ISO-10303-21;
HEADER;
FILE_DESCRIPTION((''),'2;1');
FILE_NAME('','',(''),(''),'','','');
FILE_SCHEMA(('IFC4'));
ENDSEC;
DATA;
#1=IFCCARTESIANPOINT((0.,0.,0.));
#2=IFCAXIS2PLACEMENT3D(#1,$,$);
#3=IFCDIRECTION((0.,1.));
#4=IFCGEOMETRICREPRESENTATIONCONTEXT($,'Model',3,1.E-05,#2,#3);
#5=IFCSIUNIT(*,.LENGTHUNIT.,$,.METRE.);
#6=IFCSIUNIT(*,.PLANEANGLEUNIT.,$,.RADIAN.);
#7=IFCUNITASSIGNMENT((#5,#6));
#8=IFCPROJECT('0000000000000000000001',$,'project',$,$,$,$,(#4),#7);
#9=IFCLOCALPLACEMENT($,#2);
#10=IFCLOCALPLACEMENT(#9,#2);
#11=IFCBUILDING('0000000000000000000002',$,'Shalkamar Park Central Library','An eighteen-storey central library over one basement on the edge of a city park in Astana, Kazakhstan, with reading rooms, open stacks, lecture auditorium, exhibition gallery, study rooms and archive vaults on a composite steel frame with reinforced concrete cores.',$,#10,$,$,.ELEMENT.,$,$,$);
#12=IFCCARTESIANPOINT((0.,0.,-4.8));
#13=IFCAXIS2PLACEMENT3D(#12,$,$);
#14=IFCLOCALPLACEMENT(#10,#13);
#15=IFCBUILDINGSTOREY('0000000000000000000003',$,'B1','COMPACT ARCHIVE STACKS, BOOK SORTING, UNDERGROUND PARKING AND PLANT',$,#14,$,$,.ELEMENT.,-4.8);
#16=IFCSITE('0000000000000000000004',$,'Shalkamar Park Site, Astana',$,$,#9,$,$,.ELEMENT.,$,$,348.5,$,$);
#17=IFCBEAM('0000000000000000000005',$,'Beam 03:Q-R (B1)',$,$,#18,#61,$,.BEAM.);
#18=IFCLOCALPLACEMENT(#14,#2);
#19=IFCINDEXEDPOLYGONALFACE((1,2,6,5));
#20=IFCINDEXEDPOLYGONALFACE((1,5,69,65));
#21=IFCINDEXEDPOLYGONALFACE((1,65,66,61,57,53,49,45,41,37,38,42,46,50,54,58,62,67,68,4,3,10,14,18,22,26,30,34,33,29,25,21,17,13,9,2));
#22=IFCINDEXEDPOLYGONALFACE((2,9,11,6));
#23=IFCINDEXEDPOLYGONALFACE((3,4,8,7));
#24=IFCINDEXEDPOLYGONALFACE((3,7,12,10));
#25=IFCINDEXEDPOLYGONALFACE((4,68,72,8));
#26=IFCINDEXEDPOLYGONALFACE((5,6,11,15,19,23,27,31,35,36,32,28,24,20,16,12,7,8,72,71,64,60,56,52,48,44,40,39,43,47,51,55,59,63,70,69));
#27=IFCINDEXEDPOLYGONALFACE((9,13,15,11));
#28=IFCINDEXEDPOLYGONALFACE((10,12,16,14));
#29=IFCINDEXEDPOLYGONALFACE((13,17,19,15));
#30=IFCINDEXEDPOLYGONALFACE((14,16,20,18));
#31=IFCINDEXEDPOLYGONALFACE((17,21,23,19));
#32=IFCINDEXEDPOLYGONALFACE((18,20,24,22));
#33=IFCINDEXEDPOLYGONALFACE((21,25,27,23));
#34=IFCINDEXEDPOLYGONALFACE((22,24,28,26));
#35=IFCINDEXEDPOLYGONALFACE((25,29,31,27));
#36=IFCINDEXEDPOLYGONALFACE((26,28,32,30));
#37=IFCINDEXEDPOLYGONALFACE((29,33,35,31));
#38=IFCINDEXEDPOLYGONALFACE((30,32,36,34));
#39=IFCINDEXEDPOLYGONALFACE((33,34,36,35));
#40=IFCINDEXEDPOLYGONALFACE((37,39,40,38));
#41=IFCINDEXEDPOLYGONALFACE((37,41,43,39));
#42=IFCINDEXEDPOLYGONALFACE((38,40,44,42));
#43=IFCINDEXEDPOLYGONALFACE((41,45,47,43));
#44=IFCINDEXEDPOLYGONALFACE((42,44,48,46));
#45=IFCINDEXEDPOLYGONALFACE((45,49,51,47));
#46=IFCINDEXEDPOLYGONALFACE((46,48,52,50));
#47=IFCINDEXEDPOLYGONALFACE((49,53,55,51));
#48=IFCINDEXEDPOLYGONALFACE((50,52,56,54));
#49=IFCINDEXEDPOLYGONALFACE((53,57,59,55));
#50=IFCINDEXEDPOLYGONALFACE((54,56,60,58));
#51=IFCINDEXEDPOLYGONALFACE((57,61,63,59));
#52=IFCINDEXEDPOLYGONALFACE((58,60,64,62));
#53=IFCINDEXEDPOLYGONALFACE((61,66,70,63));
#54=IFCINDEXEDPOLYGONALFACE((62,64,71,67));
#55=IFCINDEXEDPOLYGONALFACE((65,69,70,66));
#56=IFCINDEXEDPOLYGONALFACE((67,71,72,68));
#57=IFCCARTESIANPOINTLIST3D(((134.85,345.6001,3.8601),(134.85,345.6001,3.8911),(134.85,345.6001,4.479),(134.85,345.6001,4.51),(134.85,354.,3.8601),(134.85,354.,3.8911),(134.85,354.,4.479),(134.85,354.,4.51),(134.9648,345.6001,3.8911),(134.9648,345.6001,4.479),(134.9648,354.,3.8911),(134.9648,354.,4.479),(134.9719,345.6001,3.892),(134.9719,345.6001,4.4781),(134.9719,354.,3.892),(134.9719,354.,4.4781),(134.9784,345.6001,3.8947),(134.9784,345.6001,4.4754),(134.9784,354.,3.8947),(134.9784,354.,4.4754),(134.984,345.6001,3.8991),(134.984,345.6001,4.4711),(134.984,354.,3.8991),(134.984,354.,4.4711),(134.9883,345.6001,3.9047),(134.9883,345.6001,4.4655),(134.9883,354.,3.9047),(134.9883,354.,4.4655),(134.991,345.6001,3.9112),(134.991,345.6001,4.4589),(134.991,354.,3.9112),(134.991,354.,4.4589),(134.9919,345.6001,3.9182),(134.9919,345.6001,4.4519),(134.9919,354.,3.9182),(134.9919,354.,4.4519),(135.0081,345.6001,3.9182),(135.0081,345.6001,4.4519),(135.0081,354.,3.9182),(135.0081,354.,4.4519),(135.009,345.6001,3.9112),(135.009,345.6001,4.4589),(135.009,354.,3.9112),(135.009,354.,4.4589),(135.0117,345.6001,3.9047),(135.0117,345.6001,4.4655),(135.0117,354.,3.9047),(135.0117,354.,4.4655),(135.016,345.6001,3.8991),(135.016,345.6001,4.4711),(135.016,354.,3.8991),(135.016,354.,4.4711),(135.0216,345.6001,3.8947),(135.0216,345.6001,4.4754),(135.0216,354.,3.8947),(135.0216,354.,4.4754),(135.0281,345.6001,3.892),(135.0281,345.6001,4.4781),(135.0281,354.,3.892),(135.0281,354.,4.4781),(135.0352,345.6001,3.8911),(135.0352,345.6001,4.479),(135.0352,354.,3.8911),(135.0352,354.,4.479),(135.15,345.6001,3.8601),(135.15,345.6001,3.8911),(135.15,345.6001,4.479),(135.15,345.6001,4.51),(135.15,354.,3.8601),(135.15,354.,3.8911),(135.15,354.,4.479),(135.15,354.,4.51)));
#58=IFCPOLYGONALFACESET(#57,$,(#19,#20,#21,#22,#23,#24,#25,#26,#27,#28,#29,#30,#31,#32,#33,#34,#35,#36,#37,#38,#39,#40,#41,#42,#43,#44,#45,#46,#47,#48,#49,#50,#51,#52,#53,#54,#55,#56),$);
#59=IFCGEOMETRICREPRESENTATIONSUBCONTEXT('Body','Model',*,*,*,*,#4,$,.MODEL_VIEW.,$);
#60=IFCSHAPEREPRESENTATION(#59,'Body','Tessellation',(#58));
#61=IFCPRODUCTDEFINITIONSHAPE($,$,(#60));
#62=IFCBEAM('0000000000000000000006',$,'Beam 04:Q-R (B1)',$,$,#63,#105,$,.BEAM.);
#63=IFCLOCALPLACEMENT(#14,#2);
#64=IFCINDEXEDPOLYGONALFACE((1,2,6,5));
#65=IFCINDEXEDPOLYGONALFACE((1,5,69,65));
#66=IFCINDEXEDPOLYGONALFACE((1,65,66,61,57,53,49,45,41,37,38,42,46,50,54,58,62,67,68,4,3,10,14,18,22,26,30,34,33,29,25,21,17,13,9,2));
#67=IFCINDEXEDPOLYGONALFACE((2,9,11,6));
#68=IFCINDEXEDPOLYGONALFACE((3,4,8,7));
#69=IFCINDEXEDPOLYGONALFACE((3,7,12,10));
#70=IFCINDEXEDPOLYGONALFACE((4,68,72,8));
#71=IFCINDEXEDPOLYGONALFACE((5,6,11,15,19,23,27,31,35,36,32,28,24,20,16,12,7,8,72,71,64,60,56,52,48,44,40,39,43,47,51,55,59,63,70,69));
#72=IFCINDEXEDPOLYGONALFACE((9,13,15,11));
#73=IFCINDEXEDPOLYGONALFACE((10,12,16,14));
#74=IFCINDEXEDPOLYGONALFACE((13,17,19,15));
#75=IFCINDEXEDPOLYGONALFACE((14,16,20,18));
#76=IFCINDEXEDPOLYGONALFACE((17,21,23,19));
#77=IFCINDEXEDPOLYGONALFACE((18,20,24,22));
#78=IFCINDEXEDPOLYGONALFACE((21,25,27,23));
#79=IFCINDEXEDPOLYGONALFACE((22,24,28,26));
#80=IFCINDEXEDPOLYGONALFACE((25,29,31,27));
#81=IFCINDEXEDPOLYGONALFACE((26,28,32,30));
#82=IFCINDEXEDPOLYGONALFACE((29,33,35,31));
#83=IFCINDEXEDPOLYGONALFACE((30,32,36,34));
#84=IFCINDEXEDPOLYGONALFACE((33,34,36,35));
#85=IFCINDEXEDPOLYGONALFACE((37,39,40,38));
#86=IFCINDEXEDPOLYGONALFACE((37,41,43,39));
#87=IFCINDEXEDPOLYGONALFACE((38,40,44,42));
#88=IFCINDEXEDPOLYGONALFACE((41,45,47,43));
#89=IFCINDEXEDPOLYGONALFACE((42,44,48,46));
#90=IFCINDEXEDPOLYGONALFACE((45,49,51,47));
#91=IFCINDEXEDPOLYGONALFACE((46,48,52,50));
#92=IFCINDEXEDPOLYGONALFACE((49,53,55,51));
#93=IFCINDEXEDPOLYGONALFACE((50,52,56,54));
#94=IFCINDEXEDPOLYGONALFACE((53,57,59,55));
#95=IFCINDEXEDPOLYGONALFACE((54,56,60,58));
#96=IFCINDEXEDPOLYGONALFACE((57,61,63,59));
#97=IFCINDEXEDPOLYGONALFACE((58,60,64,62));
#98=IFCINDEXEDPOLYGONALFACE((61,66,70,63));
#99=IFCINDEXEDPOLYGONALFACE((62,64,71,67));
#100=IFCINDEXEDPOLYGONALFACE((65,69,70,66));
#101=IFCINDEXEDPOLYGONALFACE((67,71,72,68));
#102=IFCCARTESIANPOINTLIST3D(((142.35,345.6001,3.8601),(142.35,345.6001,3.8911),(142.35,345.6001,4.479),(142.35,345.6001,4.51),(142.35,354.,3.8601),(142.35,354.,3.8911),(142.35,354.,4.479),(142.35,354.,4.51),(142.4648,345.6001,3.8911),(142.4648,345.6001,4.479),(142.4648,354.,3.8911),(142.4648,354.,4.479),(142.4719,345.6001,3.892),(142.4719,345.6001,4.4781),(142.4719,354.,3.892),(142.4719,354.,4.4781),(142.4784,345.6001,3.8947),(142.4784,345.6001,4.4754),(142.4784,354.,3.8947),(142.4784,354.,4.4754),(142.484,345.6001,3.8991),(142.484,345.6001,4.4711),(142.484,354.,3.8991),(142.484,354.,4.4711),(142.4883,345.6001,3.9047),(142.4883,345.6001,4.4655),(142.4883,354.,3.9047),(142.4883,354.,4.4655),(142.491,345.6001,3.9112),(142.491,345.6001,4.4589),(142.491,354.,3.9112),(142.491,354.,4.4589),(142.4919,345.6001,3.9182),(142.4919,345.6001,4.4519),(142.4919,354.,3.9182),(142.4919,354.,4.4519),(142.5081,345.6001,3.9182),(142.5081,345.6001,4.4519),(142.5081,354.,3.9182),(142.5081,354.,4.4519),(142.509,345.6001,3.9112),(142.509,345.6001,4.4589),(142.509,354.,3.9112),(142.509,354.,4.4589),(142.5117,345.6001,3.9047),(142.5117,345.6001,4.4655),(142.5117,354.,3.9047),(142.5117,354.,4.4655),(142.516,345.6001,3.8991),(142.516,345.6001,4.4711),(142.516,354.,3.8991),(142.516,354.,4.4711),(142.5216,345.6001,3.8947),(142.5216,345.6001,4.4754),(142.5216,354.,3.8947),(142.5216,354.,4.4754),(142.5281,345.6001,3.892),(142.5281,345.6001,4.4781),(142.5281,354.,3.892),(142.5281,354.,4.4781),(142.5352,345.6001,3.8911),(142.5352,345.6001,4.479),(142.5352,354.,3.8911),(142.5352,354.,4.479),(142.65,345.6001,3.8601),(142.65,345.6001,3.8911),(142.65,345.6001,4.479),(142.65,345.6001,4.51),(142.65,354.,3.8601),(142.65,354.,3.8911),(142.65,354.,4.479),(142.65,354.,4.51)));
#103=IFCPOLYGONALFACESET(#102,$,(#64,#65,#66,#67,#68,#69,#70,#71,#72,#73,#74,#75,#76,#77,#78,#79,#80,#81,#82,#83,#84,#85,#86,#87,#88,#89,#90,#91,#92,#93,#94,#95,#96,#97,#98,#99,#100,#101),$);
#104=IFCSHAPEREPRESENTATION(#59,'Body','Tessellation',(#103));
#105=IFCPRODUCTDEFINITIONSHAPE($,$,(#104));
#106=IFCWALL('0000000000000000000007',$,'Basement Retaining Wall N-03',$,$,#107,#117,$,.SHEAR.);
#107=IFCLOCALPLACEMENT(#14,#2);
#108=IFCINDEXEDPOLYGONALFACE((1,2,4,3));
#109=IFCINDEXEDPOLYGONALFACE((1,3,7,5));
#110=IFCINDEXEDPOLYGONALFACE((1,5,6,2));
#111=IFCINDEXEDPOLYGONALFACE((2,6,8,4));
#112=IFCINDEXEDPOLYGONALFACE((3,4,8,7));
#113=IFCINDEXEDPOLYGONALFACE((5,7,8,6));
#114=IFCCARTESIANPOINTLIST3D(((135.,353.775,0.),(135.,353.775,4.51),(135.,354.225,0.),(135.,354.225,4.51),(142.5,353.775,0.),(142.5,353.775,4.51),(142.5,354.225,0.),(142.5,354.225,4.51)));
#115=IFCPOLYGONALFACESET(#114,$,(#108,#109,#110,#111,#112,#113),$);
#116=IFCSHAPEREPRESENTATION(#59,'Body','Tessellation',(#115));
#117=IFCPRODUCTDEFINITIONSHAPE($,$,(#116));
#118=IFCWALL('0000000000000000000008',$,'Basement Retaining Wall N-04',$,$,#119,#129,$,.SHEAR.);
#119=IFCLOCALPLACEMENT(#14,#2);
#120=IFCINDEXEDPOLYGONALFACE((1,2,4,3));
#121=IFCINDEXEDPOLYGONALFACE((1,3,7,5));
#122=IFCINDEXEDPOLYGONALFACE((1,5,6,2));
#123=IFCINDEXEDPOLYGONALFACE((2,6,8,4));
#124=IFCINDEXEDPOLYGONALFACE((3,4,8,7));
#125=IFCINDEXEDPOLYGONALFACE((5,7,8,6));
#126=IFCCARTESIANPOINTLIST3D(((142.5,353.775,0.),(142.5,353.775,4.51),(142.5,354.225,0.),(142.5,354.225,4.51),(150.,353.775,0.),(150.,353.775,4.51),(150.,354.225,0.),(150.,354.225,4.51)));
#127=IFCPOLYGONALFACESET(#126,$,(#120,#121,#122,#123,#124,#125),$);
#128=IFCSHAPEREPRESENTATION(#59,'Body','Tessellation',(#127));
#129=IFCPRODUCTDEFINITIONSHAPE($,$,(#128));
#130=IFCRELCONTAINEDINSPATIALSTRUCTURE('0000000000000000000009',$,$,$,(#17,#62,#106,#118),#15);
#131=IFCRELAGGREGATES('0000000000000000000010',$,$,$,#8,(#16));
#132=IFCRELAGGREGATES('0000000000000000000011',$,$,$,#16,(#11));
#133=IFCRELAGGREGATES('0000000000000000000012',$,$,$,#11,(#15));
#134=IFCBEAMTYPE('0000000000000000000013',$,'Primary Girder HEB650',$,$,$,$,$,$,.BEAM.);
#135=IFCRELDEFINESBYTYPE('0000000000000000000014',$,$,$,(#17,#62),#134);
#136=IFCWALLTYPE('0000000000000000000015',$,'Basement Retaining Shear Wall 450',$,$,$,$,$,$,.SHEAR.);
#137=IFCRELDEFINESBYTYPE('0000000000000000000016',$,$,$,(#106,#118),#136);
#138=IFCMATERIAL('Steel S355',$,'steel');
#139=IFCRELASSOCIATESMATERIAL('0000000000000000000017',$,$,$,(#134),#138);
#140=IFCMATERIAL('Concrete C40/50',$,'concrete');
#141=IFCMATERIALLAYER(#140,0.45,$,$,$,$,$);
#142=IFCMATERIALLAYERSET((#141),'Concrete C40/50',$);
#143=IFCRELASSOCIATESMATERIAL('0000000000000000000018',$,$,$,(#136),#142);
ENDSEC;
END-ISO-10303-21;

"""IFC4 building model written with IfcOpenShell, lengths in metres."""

from ifc_helpers import new_model, si_unit, direction, frame, frame_2d, origin, origin_2d, place, context, subcontext, project, spatial, rectangle, i_section, extrude, material, layer, layer_set, material_profile, profile_set, type_object, element, save


model = new_model("IFC4")

# Units and contexts
model_context = context("Model", 3, precision=1e-05, world=origin(), true_north=direction((0.0, 1.0)))
body_context = subcontext(model_context, "Body", "Model", "MODEL_VIEW")
ifc_project = project(units=[si_unit("LENGTHUNIT", "METRE"), si_unit("PLANEANGLEUNIT", "RADIAN")], contexts=[model_context])

# Site, building, storey
site_placement = place(None, origin())
site = spatial("IfcSite", under=ifc_project, at=site_placement, Name="Shalkamar Park Site, Astana", CompositionType="ELEMENT", RefElevation=348.5)
building_placement = place(site_placement, origin())
building = spatial("IfcBuilding", under=site, at=building_placement, Name="Shalkamar Park Central Library", Description="An eighteen-storey central library over one basement on the edge of a city park in Astana, Kazakhstan, with reading rooms, open stacks, lecture auditorium, exhibition gallery, study rooms and archive vaults on a composite steel frame with reinforced concrete cores.", CompositionType="ELEMENT")
storey_placement = place(building_placement, frame((0.0, 0.0, -4.8)))
storey = spatial("IfcBuildingStorey", under=building, at=storey_placement, Name="B1", Description="COMPACT ARCHIVE STACKS, BOOK SORTING, UNDERGROUND PARKING AND PLANT", CompositionType="ELEMENT", Elevation=-4.8)

# Shared definitions
ifc_material_1 = material(Name="Concrete C40/50", Category="concrete")
ifc_material_2 = material(Name="Steel S355", Category="steel")

# Beams
ifc_material_profile_1 = material_profile(ifc_material_2, i_section(OverallWidth=0.3, OverallDepth=0.6499, WebThickness=0.0161, FlangeThickness=0.031, FilletRadius=0.0271, at=origin_2d()), Name="HEB 650")
ifc_profile_set_1 = profile_set([ifc_material_profile_1], Name="Steel S355")
beam_type_1 = type_object("IfcBeamType", Name="Primary Girder HEB650", PredefinedType="BEAM", material=ifc_profile_set_1)
for number, where, z_axis, x_axis, name in (
    (1, (135.0, 345.6001, 4.1851), (0.0, 1.0, 0.0), (-1.0, 0.0, 0.0), "Beam 03:Q-R (B1)"),
    (2, (142.5, 345.6001, 4.1851), (0.0, 1.0, 0.0), (-1.0, 0.0, 0.0), "Beam 04:Q-R (B1)"),
):
    element("IfcBeam", number, at=place(storey_placement, frame(where, z_axis=z_axis, x_axis=x_axis)), inside=storey, type_object=beam_type_1, Name=name, PredefinedType="BEAM", context=body_context, shape_type="SweptSolid", body=[
        extrude(i_section(OverallWidth=0.3, OverallDepth=0.6499, WebThickness=0.0161, FlangeThickness=0.031, FilletRadius=0.0271, at=origin_2d()), origin(), (0.0, 0.0, 1.0), 8.3999),
    ])

# Walls
ifc_layer = layer(ifc_material_1, 0.45)
ifc_layer_set = layer_set([ifc_layer], Name="Concrete C40/50")
wall_type = type_object("IfcWallType", Name="Basement Retaining Shear Wall 450", PredefinedType="SHEAR", material=ifc_layer_set)
for number, where, z_axis, x_axis, name in (
    (3, (135.0, 354.0, 0.0), (0.0, 0.0, 1.0), (1.0, 0.0, 0.0), "Basement Retaining Wall N-03"),
    (4, (142.5, 354.0, 0.0), (0.0, 0.0, 1.0), (1.0, 0.0, 0.0), "Basement Retaining Wall N-04"),
):
    element("IfcWall", number, at=place(storey_placement, frame(where, z_axis=z_axis, x_axis=x_axis)), inside=storey, type_object=wall_type, Name=name, PredefinedType="SHEAR", context=body_context, shape_type="SweptSolid", body=[
        extrude(rectangle(XDim=7.5, YDim=0.45, at=frame_2d((3.75, 0.0))), origin(), (0.0, 0.0, 1.0), 4.51),
    ])

save(model, "model.ifc")
